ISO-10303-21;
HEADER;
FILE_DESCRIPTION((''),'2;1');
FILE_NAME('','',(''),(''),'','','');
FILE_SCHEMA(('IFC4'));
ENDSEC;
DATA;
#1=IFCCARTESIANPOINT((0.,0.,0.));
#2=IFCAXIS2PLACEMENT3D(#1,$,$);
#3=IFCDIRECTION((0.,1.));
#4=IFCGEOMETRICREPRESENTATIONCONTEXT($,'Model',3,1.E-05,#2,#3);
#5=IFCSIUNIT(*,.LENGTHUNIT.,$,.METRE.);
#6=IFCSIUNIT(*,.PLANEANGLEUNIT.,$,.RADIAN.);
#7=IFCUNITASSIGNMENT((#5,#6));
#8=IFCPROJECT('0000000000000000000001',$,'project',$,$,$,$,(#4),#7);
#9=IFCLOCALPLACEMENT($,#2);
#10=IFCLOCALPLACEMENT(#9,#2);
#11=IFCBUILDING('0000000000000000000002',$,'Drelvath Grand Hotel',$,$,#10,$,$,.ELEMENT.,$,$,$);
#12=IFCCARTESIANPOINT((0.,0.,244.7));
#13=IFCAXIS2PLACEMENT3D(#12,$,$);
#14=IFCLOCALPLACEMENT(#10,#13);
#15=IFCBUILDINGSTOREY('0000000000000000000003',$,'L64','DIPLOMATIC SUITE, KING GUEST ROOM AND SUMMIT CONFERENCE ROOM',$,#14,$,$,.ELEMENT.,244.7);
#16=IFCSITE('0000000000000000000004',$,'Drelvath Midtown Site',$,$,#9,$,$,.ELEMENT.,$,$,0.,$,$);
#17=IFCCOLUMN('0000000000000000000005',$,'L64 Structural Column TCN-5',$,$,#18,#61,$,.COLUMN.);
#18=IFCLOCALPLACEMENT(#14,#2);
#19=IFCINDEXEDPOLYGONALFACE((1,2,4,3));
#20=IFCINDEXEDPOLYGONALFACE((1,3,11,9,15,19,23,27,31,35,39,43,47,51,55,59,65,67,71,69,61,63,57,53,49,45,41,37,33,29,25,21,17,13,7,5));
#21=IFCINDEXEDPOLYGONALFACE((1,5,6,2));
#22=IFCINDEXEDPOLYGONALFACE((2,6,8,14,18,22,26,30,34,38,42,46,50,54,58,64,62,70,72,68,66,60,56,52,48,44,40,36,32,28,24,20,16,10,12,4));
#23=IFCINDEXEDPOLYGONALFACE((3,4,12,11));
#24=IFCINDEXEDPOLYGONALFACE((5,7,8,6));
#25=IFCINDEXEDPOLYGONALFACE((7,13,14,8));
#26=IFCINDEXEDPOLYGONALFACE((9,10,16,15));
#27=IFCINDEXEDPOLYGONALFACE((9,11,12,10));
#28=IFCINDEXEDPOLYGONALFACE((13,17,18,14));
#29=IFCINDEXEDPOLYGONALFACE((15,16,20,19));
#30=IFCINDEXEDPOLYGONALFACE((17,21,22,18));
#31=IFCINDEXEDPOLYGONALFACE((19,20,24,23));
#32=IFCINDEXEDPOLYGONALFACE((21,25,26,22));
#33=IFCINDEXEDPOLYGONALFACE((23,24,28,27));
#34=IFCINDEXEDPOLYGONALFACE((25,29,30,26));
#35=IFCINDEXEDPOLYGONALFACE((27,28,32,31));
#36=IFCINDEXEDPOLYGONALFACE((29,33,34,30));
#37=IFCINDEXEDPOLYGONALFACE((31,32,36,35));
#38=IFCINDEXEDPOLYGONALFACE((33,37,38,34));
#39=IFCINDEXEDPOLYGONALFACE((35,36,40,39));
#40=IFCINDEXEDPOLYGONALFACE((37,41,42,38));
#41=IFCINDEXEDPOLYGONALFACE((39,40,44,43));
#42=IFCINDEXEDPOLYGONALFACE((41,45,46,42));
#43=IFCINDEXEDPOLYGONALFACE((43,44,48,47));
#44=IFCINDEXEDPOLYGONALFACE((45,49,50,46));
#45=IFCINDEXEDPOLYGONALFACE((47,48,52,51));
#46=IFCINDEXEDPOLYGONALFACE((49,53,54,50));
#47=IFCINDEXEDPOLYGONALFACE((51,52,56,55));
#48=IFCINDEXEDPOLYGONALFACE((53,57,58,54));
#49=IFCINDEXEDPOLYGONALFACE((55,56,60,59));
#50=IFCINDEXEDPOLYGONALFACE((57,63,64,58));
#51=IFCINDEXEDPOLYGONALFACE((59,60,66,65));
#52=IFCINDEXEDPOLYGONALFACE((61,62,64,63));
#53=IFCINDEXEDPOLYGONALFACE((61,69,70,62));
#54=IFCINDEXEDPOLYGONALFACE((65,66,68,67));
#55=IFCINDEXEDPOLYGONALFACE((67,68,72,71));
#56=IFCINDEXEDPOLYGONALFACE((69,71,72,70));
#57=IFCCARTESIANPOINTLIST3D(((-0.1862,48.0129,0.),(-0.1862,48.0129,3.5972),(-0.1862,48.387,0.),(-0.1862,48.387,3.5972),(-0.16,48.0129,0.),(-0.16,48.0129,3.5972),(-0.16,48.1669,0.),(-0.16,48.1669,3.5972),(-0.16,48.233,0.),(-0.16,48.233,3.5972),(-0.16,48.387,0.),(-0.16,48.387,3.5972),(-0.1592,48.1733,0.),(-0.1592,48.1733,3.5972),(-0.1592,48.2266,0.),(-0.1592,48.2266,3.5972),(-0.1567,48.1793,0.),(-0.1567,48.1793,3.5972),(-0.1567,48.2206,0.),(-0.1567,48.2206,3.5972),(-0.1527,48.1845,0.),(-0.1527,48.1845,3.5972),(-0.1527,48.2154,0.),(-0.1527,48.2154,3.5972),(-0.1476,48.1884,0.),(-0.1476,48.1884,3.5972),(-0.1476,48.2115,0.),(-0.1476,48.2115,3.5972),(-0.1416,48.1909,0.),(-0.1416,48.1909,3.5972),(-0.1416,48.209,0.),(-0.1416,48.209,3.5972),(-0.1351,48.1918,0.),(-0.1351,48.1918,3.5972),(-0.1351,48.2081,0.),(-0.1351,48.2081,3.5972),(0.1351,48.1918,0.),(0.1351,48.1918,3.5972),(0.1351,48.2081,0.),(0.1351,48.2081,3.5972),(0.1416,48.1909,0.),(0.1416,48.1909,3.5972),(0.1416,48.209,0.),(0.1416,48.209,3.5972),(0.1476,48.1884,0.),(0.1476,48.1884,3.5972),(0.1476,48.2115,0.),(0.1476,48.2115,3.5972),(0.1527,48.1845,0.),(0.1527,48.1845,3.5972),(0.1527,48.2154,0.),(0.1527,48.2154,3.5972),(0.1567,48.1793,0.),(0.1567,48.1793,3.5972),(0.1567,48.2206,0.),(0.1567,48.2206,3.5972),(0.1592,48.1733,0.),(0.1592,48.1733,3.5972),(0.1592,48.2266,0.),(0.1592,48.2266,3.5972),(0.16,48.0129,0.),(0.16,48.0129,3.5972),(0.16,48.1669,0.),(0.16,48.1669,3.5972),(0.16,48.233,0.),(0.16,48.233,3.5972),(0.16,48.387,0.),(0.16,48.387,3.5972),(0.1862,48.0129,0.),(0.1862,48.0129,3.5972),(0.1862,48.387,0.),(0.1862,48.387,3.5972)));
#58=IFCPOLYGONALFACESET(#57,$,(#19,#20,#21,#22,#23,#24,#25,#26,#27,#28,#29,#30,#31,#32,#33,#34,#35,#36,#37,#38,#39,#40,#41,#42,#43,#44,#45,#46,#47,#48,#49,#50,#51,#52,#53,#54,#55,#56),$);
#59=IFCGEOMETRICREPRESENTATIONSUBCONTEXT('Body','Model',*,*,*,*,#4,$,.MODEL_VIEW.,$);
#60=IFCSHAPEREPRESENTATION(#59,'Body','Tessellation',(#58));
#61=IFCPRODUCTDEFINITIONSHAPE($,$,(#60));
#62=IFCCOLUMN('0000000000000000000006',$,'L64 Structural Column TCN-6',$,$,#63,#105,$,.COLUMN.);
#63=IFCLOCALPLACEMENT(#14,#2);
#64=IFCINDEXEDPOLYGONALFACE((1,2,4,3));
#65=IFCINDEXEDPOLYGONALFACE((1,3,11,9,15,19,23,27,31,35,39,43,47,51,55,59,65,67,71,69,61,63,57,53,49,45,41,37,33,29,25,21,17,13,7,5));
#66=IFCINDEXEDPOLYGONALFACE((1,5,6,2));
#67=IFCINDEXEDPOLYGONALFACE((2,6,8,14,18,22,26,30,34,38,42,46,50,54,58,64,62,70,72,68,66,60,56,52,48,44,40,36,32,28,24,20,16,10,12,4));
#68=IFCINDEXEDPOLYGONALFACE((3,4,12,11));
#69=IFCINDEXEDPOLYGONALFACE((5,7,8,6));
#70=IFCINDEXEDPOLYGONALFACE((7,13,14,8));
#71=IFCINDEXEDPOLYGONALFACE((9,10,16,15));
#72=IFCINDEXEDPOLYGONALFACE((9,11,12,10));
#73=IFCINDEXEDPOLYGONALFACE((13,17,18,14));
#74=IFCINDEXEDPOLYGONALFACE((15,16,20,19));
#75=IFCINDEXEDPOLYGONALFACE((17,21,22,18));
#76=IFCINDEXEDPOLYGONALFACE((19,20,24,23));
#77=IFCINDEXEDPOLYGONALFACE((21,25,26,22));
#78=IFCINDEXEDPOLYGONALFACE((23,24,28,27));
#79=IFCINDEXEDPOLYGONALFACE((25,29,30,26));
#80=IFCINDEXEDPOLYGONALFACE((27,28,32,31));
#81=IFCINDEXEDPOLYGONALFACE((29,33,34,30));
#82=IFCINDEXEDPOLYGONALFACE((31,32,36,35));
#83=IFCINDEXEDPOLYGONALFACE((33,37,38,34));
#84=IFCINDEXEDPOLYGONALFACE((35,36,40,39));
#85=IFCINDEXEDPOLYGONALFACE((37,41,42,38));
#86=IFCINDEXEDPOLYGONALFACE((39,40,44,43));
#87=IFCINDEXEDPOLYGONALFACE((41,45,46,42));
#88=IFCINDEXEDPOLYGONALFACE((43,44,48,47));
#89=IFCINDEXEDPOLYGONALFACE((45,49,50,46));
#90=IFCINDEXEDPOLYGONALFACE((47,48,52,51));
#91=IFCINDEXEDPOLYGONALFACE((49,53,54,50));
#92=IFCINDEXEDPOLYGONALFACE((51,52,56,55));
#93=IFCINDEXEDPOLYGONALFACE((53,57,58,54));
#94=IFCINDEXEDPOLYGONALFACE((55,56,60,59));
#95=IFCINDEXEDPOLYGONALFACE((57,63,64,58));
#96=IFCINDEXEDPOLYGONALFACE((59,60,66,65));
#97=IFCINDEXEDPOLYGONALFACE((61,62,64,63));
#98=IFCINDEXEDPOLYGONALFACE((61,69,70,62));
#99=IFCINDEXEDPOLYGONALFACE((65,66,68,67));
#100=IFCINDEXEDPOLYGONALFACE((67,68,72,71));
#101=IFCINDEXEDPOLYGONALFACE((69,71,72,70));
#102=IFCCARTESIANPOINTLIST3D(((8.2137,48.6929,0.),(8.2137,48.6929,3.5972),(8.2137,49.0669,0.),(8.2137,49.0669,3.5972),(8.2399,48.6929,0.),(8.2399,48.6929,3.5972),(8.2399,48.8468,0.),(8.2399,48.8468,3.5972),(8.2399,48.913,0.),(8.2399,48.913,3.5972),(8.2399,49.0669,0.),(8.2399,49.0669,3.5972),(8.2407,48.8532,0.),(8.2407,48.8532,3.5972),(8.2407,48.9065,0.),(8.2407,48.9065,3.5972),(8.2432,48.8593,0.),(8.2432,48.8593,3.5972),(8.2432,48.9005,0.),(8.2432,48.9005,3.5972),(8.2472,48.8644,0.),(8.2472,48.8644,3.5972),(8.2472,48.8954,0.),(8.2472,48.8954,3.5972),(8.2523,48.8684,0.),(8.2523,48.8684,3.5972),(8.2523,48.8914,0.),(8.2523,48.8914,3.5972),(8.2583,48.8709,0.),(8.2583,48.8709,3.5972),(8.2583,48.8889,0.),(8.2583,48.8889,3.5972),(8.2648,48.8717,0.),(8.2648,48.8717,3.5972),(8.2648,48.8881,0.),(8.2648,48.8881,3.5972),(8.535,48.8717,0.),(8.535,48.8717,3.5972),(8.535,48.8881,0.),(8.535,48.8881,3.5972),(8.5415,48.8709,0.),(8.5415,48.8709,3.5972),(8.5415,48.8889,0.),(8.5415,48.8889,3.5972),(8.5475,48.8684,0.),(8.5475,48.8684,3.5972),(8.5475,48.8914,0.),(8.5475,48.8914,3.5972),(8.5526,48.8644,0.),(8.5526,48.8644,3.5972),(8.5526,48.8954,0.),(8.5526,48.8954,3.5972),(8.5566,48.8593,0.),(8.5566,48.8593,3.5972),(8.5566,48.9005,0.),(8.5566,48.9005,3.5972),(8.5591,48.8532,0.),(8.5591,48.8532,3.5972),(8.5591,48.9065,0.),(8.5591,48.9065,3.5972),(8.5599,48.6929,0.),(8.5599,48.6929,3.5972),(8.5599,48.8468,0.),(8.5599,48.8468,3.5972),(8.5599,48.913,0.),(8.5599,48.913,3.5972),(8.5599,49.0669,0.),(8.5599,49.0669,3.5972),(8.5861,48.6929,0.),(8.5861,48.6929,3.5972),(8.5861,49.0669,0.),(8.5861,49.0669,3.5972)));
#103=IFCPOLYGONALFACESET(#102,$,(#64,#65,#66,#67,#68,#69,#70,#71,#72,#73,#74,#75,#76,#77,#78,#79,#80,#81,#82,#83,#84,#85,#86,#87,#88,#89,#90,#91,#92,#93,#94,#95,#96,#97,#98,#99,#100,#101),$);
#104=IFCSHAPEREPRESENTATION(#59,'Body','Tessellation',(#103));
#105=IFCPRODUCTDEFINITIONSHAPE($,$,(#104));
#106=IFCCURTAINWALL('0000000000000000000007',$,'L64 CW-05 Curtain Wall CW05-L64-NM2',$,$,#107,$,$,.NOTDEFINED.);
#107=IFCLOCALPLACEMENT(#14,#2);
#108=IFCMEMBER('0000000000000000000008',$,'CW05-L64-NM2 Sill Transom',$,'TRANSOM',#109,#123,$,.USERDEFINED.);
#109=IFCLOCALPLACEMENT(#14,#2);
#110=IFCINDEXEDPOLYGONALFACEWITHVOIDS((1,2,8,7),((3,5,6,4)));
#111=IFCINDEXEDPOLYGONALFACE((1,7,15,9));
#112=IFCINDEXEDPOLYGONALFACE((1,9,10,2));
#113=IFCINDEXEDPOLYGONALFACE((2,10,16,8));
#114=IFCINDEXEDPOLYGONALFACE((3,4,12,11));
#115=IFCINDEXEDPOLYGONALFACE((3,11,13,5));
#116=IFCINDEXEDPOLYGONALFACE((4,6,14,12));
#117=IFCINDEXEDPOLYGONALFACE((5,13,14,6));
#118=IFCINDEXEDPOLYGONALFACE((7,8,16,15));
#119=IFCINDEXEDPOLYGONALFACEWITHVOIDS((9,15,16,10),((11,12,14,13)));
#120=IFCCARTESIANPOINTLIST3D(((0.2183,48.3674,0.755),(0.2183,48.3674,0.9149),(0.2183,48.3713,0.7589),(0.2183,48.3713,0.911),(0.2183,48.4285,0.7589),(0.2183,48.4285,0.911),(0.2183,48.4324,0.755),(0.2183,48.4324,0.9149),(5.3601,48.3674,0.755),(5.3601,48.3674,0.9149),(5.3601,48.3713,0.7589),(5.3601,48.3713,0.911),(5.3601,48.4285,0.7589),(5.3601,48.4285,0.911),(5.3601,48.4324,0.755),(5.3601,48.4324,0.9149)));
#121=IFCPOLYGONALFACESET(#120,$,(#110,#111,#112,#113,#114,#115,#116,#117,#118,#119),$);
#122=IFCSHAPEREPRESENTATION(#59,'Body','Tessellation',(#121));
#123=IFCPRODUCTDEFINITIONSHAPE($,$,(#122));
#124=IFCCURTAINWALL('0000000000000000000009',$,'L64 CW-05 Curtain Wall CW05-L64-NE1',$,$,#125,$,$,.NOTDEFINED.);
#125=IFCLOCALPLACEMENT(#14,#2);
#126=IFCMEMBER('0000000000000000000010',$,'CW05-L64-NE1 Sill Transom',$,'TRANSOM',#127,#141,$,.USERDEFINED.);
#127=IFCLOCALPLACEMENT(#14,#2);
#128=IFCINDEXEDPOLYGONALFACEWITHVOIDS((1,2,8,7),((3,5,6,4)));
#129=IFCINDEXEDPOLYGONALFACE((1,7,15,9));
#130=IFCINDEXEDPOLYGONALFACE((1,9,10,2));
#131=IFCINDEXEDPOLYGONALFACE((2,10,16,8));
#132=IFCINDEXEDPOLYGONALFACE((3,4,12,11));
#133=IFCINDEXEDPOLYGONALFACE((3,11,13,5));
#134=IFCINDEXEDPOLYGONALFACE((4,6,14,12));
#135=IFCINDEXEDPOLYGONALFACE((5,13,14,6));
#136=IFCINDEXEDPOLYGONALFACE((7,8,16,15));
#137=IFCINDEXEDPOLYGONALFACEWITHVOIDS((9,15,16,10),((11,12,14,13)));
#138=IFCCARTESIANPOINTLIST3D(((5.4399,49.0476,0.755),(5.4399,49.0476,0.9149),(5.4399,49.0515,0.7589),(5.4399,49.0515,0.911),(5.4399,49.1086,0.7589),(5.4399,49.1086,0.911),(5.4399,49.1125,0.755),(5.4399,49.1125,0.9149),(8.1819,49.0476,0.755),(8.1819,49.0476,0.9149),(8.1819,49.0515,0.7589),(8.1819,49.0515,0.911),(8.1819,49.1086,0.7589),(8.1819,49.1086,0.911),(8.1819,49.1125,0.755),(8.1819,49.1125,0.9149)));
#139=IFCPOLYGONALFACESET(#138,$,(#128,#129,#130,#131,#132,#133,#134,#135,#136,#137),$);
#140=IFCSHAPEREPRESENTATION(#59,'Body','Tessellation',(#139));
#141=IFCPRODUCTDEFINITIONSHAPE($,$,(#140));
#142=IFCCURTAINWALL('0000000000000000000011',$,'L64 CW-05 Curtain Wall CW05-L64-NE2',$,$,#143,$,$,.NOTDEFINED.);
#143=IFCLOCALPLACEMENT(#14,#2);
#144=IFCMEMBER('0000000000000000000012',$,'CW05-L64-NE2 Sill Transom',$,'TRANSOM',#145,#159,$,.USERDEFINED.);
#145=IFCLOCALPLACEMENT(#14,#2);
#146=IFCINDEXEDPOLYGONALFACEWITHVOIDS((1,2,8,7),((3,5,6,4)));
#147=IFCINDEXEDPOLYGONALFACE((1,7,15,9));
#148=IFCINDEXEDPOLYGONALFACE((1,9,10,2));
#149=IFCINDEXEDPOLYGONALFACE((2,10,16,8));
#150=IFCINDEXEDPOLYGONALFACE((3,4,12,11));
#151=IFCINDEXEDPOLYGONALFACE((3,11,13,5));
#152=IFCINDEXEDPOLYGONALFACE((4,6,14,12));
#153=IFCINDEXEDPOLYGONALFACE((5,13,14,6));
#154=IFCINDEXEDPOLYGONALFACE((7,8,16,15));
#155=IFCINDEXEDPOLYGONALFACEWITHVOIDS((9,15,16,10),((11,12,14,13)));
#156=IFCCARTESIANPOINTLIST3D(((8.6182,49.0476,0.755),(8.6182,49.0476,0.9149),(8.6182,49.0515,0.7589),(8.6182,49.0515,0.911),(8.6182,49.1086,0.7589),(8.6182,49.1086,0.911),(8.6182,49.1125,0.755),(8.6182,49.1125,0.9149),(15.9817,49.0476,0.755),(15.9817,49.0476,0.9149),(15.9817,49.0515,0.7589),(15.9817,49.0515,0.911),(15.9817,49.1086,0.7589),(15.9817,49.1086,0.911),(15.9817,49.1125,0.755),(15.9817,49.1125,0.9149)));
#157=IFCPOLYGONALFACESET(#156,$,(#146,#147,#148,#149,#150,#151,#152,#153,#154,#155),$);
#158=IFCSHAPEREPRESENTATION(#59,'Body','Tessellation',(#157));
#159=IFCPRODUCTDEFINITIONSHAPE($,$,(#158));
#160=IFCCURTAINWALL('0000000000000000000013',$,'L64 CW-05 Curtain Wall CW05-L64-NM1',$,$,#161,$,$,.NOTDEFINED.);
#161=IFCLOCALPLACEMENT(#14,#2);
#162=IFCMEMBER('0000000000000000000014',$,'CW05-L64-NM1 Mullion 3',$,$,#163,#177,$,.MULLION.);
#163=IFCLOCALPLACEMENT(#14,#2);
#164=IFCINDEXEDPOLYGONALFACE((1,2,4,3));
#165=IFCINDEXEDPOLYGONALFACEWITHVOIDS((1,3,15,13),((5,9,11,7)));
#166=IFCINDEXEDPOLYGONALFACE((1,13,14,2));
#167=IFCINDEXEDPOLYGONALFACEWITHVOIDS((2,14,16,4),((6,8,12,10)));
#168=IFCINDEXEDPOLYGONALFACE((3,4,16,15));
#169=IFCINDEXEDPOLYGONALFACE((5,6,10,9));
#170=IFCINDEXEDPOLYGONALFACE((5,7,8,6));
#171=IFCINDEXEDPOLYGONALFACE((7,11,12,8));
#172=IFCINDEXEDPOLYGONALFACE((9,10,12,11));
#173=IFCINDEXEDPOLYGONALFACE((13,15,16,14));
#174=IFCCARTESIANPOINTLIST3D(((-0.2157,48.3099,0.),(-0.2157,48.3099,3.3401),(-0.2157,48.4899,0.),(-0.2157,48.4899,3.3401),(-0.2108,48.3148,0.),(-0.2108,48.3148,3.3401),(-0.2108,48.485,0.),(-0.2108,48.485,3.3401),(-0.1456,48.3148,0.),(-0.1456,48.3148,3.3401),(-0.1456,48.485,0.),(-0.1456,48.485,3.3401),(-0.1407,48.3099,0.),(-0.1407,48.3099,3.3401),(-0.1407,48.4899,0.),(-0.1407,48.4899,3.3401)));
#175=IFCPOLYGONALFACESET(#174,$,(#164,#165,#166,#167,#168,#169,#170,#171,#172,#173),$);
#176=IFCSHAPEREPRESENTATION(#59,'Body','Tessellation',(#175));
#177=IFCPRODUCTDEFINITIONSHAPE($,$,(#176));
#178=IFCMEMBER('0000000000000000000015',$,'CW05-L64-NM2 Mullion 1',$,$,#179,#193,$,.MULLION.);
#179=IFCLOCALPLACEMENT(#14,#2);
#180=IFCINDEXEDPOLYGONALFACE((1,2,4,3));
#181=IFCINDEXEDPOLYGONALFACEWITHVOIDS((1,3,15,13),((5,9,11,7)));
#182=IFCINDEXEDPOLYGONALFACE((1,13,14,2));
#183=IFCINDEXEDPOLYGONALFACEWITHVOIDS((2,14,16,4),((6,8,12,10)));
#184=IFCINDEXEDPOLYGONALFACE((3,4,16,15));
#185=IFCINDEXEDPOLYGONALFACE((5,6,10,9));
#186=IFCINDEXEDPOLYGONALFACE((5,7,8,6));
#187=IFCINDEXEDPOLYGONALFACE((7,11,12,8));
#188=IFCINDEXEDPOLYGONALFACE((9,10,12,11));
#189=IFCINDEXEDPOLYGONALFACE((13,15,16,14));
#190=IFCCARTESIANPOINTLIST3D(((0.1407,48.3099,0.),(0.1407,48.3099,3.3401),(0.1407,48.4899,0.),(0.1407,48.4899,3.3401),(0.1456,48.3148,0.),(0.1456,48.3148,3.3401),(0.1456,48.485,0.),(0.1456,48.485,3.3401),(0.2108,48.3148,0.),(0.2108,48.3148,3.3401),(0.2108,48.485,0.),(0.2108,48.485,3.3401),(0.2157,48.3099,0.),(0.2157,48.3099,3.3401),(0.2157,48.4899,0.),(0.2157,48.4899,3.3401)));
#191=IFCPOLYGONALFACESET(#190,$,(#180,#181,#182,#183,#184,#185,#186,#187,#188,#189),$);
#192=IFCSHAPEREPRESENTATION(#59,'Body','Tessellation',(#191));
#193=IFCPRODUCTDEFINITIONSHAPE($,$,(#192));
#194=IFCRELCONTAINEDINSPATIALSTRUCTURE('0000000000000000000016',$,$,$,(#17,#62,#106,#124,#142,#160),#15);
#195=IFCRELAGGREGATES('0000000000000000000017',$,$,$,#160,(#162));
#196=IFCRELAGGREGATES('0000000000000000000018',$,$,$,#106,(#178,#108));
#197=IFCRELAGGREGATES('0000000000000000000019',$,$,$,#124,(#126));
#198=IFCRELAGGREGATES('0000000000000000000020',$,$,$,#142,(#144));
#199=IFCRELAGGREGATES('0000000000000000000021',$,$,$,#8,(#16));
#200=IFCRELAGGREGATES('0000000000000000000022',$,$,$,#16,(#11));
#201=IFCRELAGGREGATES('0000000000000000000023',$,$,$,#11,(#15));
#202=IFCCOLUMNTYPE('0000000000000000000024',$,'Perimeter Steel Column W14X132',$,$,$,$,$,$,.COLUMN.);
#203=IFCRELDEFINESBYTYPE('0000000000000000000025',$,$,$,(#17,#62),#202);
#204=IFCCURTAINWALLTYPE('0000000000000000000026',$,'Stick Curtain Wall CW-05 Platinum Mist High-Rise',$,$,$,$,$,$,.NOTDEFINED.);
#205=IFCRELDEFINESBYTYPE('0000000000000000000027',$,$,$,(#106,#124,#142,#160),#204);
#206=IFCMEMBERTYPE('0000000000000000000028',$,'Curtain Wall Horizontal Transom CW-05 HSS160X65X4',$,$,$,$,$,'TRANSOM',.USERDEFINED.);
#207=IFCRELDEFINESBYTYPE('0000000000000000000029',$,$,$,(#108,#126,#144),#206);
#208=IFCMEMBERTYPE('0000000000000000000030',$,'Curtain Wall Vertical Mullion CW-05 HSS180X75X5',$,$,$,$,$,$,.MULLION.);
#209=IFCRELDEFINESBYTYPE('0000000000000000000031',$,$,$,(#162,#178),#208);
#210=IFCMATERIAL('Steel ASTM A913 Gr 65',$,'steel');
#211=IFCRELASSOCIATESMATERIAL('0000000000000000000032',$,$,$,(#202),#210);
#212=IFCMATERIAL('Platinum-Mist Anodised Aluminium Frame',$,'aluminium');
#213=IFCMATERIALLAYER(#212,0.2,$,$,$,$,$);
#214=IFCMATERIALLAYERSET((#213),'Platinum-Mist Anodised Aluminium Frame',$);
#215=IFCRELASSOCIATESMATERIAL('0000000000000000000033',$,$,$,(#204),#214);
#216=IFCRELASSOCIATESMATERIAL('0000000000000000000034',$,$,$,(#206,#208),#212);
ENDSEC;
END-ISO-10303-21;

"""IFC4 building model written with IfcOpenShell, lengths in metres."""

from ifc_helpers import new_model, si_unit, direction, frame, origin, origin_2d, place, context, subcontext, project, spatial, hollow_rectangle, i_section, extrude, material, layer, layer_set, material_profile, profile_set, type_object, element, aggregate, save


model = new_model("IFC4")

# Units and contexts
model_context = context("Model", 3, precision=1e-05, world=origin(), true_north=direction((0.0, 1.0)))
body_context = subcontext(model_context, "Body", "Model", "MODEL_VIEW")
ifc_project = project(units=[si_unit("LENGTHUNIT", "METRE"), si_unit("PLANEANGLEUNIT", "RADIAN")], contexts=[model_context])

# Site, building, storey
site_placement = place(None, origin())
site = spatial("IfcSite", under=ifc_project, at=site_placement, Name="Drelvath Midtown Site", CompositionType="ELEMENT", RefElevation=0.0)
building_placement = place(site_placement, origin())
building = spatial("IfcBuilding", under=site, at=building_placement, Name="Drelvath Grand Hotel", CompositionType="ELEMENT")
storey_placement = place(building_placement, frame((0.0, 0.0, 244.7)))
storey = spatial("IfcBuildingStorey", under=building, at=storey_placement, Name="L64", Description="DIPLOMATIC SUITE, KING GUEST ROOM AND SUMMIT CONFERENCE ROOM", CompositionType="ELEMENT", Elevation=244.7)

# Columns
ifc_material_1 = material(Name="Steel ASTM A913 Gr 65", Category="steel")
ifc_material_profile_1 = material_profile(ifc_material_1, i_section(OverallWidth=0.374, OverallDepth=0.3723, WebThickness=0.0164, FlangeThickness=0.0261, FilletRadius=0.0249, at=origin_2d()), Name="W14X132")
ifc_profile_set_1 = profile_set([ifc_material_profile_1], Name="Steel ASTM A913 Gr 65")
column_type = type_object("IfcColumnType", Name="Perimeter Steel Column W14X132", PredefinedType="COLUMN", material=ifc_profile_set_1)
for number, where, z_axis, x_axis, name in (
    (1, (0.0, 48.2, 0.0), (0.0, 0.0, 1.0), (0.0, 1.0, 0.0), "L64 Structural Column TCN-5"),
    (2, (8.3999, 48.8799, 0.0), (0.0, 0.0, 1.0), (0.0, 1.0, 0.0), "L64 Structural Column TCN-6"),
):
    element("IfcColumn", number, at=place(storey_placement, frame(where, z_axis=z_axis, x_axis=x_axis)), inside=storey, type_object=column_type, Name=name, PredefinedType="COLUMN", context=body_context, shape_type="SweptSolid", body=[
        extrude(i_section(OverallWidth=0.374, OverallDepth=0.3723, WebThickness=0.0164, FlangeThickness=0.0261, FilletRadius=0.0249, at=origin_2d()), origin(), (0.0, 0.0, 1.0), 3.5972),
    ])

# Curtain walls, members
ifc_material_2 = material(Name="Platinum-Mist Anodised Aluminium Frame", Category="aluminium")
ifc_layer_1 = layer(ifc_material_2, 0.2)
ifc_layer_set_1 = layer_set([ifc_layer_1], Name="Platinum-Mist Anodised Aluminium Frame")
curtain_wall_type = type_object("IfcCurtainWallType", Name="Stick Curtain Wall CW-05 Platinum Mist High-Rise", PredefinedType="NOTDEFINED", material=ifc_layer_set_1)
curtain_wall_1_placement = place(storey_placement, origin())
curtain_wall_1 = element("IfcCurtainWall", 3, at=curtain_wall_1_placement, inside=storey, type_object=curtain_wall_type, Name="L64 CW-05 Curtain Wall CW05-L64-NM2", PredefinedType="NOTDEFINED")
ifc_material_profile_2 = material_profile(ifc_material_2, hollow_rectangle(XDim=0.0649, YDim=0.1599, WallThickness=0.0039, at=origin_2d()), Name="HSS160X65X4")
ifc_profile_set_2 = profile_set([ifc_material_profile_2], Name="Platinum-Mist Anodised Aluminium Frame")
member_type_1 = type_object("IfcMemberType", Name="Curtain Wall Horizontal Transom CW-05 HSS160X65X4", ElementType="TRANSOM", PredefinedType="USERDEFINED", material=ifc_profile_set_2)
member_1_placement = place(storey_placement, frame((0.2183, 48.3999, 0.835), z_axis=(1.0, 0.0, 0.0), x_axis=(0.0, 1.0, 0.0)))
member_1 = element("IfcMember", 4, at=member_1_placement, type_object=member_type_1, Name="CW05-L64-NM2 Sill Transom", ObjectType="TRANSOM", PredefinedType="USERDEFINED", context=body_context, shape_type="SweptSolid", body=[
    extrude(hollow_rectangle(XDim=0.0649, YDim=0.1599, WallThickness=0.0039, at=origin_2d()), origin(), (0.0, 0.0, 1.0), 5.1418),
])
curtain_wall_2_placement = place(storey_placement, origin())
curtain_wall_2 = element("IfcCurtainWall", 5, at=curtain_wall_2_placement, inside=storey, type_object=curtain_wall_type, Name="L64 CW-05 Curtain Wall CW05-L64-NE1", PredefinedType="NOTDEFINED")
member_2_placement = place(storey_placement, frame((5.4399, 49.0801, 0.835), z_axis=(1.0, 0.0, 0.0), x_axis=(0.0, 1.0, 0.0)))
member_2 = element("IfcMember", 6, at=member_2_placement, type_object=member_type_1, Name="CW05-L64-NE1 Sill Transom", ObjectType="TRANSOM", PredefinedType="USERDEFINED", context=body_context, shape_type="SweptSolid", body=[
    extrude(hollow_rectangle(XDim=0.0649, YDim=0.1599, WallThickness=0.0039, at=origin_2d()), origin(), (0.0, 0.0, 1.0), 2.7419),
])
curtain_wall_3_placement = place(storey_placement, origin())
curtain_wall_3 = element("IfcCurtainWall", 7, at=curtain_wall_3_placement, inside=storey, type_object=curtain_wall_type, Name="L64 CW-05 Curtain Wall CW05-L64-NE2", PredefinedType="NOTDEFINED")
member_3_placement = place(storey_placement, frame((8.6182, 49.0801, 0.835), z_axis=(1.0, 0.0, 0.0), x_axis=(0.0, 1.0, 0.0)))
member_3 = element("IfcMember", 8, at=member_3_placement, type_object=member_type_1, Name="CW05-L64-NE2 Sill Transom", ObjectType="TRANSOM", PredefinedType="USERDEFINED", context=body_context, shape_type="SweptSolid", body=[
    extrude(hollow_rectangle(XDim=0.0649, YDim=0.1599, WallThickness=0.0039, at=origin_2d()), origin(), (0.0, 0.0, 1.0), 7.3635),
])
curtain_wall_4_placement = place(storey_placement, origin())
curtain_wall_4 = element("IfcCurtainWall", 9, at=curtain_wall_4_placement, inside=storey, type_object=curtain_wall_type, Name="L64 CW-05 Curtain Wall CW05-L64-NM1", PredefinedType="NOTDEFINED")
ifc_material_profile_3 = material_profile(ifc_material_2, hollow_rectangle(XDim=0.075, YDim=0.1799, WallThickness=0.0049, at=origin_2d()), Name="HSS180X75X5")
ifc_profile_set_3 = profile_set([ifc_material_profile_3], Name="Platinum-Mist Anodised Aluminium Frame")
member_type_2 = type_object("IfcMemberType", Name="Curtain Wall Vertical Mullion CW-05 HSS180X75X5", PredefinedType="MULLION", material=ifc_profile_set_3)
member_4_placement = place(storey_placement, frame((-0.1782, 48.3999, 0.0), z_axis=(0.0, 0.0, 1.0), x_axis=(1.0, 0.0, 0.0)))
member_4 = element("IfcMember", 10, at=member_4_placement, type_object=member_type_2, Name="CW05-L64-NM1 Mullion 3", PredefinedType="MULLION", context=body_context, shape_type="SweptSolid", body=[
    extrude(hollow_rectangle(XDim=0.075, YDim=0.1799, WallThickness=0.0049, at=origin_2d()), origin(), (0.0, 0.0, 1.0), 3.3401),
])
aggregate(curtain_wall_4, [member_4])

# Member
member_5_placement = place(storey_placement, frame((0.1782, 48.3999, 0.0), z_axis=(0.0, 0.0, 1.0), x_axis=(1.0, 0.0, 0.0)))
member_5 = element("IfcMember", 11, at=member_5_placement, type_object=member_type_2, Name="CW05-L64-NM2 Mullion 1", PredefinedType="MULLION", context=body_context, shape_type="SweptSolid", body=[
    extrude(hollow_rectangle(XDim=0.075, YDim=0.1799, WallThickness=0.0049, at=origin_2d()), origin(), (0.0, 0.0, 1.0), 3.3401),
])

aggregate(curtain_wall_1, [member_5, member_1])
aggregate(curtain_wall_2, [member_2])
aggregate(curtain_wall_3, [member_3])

save(model, "model.ifc")
